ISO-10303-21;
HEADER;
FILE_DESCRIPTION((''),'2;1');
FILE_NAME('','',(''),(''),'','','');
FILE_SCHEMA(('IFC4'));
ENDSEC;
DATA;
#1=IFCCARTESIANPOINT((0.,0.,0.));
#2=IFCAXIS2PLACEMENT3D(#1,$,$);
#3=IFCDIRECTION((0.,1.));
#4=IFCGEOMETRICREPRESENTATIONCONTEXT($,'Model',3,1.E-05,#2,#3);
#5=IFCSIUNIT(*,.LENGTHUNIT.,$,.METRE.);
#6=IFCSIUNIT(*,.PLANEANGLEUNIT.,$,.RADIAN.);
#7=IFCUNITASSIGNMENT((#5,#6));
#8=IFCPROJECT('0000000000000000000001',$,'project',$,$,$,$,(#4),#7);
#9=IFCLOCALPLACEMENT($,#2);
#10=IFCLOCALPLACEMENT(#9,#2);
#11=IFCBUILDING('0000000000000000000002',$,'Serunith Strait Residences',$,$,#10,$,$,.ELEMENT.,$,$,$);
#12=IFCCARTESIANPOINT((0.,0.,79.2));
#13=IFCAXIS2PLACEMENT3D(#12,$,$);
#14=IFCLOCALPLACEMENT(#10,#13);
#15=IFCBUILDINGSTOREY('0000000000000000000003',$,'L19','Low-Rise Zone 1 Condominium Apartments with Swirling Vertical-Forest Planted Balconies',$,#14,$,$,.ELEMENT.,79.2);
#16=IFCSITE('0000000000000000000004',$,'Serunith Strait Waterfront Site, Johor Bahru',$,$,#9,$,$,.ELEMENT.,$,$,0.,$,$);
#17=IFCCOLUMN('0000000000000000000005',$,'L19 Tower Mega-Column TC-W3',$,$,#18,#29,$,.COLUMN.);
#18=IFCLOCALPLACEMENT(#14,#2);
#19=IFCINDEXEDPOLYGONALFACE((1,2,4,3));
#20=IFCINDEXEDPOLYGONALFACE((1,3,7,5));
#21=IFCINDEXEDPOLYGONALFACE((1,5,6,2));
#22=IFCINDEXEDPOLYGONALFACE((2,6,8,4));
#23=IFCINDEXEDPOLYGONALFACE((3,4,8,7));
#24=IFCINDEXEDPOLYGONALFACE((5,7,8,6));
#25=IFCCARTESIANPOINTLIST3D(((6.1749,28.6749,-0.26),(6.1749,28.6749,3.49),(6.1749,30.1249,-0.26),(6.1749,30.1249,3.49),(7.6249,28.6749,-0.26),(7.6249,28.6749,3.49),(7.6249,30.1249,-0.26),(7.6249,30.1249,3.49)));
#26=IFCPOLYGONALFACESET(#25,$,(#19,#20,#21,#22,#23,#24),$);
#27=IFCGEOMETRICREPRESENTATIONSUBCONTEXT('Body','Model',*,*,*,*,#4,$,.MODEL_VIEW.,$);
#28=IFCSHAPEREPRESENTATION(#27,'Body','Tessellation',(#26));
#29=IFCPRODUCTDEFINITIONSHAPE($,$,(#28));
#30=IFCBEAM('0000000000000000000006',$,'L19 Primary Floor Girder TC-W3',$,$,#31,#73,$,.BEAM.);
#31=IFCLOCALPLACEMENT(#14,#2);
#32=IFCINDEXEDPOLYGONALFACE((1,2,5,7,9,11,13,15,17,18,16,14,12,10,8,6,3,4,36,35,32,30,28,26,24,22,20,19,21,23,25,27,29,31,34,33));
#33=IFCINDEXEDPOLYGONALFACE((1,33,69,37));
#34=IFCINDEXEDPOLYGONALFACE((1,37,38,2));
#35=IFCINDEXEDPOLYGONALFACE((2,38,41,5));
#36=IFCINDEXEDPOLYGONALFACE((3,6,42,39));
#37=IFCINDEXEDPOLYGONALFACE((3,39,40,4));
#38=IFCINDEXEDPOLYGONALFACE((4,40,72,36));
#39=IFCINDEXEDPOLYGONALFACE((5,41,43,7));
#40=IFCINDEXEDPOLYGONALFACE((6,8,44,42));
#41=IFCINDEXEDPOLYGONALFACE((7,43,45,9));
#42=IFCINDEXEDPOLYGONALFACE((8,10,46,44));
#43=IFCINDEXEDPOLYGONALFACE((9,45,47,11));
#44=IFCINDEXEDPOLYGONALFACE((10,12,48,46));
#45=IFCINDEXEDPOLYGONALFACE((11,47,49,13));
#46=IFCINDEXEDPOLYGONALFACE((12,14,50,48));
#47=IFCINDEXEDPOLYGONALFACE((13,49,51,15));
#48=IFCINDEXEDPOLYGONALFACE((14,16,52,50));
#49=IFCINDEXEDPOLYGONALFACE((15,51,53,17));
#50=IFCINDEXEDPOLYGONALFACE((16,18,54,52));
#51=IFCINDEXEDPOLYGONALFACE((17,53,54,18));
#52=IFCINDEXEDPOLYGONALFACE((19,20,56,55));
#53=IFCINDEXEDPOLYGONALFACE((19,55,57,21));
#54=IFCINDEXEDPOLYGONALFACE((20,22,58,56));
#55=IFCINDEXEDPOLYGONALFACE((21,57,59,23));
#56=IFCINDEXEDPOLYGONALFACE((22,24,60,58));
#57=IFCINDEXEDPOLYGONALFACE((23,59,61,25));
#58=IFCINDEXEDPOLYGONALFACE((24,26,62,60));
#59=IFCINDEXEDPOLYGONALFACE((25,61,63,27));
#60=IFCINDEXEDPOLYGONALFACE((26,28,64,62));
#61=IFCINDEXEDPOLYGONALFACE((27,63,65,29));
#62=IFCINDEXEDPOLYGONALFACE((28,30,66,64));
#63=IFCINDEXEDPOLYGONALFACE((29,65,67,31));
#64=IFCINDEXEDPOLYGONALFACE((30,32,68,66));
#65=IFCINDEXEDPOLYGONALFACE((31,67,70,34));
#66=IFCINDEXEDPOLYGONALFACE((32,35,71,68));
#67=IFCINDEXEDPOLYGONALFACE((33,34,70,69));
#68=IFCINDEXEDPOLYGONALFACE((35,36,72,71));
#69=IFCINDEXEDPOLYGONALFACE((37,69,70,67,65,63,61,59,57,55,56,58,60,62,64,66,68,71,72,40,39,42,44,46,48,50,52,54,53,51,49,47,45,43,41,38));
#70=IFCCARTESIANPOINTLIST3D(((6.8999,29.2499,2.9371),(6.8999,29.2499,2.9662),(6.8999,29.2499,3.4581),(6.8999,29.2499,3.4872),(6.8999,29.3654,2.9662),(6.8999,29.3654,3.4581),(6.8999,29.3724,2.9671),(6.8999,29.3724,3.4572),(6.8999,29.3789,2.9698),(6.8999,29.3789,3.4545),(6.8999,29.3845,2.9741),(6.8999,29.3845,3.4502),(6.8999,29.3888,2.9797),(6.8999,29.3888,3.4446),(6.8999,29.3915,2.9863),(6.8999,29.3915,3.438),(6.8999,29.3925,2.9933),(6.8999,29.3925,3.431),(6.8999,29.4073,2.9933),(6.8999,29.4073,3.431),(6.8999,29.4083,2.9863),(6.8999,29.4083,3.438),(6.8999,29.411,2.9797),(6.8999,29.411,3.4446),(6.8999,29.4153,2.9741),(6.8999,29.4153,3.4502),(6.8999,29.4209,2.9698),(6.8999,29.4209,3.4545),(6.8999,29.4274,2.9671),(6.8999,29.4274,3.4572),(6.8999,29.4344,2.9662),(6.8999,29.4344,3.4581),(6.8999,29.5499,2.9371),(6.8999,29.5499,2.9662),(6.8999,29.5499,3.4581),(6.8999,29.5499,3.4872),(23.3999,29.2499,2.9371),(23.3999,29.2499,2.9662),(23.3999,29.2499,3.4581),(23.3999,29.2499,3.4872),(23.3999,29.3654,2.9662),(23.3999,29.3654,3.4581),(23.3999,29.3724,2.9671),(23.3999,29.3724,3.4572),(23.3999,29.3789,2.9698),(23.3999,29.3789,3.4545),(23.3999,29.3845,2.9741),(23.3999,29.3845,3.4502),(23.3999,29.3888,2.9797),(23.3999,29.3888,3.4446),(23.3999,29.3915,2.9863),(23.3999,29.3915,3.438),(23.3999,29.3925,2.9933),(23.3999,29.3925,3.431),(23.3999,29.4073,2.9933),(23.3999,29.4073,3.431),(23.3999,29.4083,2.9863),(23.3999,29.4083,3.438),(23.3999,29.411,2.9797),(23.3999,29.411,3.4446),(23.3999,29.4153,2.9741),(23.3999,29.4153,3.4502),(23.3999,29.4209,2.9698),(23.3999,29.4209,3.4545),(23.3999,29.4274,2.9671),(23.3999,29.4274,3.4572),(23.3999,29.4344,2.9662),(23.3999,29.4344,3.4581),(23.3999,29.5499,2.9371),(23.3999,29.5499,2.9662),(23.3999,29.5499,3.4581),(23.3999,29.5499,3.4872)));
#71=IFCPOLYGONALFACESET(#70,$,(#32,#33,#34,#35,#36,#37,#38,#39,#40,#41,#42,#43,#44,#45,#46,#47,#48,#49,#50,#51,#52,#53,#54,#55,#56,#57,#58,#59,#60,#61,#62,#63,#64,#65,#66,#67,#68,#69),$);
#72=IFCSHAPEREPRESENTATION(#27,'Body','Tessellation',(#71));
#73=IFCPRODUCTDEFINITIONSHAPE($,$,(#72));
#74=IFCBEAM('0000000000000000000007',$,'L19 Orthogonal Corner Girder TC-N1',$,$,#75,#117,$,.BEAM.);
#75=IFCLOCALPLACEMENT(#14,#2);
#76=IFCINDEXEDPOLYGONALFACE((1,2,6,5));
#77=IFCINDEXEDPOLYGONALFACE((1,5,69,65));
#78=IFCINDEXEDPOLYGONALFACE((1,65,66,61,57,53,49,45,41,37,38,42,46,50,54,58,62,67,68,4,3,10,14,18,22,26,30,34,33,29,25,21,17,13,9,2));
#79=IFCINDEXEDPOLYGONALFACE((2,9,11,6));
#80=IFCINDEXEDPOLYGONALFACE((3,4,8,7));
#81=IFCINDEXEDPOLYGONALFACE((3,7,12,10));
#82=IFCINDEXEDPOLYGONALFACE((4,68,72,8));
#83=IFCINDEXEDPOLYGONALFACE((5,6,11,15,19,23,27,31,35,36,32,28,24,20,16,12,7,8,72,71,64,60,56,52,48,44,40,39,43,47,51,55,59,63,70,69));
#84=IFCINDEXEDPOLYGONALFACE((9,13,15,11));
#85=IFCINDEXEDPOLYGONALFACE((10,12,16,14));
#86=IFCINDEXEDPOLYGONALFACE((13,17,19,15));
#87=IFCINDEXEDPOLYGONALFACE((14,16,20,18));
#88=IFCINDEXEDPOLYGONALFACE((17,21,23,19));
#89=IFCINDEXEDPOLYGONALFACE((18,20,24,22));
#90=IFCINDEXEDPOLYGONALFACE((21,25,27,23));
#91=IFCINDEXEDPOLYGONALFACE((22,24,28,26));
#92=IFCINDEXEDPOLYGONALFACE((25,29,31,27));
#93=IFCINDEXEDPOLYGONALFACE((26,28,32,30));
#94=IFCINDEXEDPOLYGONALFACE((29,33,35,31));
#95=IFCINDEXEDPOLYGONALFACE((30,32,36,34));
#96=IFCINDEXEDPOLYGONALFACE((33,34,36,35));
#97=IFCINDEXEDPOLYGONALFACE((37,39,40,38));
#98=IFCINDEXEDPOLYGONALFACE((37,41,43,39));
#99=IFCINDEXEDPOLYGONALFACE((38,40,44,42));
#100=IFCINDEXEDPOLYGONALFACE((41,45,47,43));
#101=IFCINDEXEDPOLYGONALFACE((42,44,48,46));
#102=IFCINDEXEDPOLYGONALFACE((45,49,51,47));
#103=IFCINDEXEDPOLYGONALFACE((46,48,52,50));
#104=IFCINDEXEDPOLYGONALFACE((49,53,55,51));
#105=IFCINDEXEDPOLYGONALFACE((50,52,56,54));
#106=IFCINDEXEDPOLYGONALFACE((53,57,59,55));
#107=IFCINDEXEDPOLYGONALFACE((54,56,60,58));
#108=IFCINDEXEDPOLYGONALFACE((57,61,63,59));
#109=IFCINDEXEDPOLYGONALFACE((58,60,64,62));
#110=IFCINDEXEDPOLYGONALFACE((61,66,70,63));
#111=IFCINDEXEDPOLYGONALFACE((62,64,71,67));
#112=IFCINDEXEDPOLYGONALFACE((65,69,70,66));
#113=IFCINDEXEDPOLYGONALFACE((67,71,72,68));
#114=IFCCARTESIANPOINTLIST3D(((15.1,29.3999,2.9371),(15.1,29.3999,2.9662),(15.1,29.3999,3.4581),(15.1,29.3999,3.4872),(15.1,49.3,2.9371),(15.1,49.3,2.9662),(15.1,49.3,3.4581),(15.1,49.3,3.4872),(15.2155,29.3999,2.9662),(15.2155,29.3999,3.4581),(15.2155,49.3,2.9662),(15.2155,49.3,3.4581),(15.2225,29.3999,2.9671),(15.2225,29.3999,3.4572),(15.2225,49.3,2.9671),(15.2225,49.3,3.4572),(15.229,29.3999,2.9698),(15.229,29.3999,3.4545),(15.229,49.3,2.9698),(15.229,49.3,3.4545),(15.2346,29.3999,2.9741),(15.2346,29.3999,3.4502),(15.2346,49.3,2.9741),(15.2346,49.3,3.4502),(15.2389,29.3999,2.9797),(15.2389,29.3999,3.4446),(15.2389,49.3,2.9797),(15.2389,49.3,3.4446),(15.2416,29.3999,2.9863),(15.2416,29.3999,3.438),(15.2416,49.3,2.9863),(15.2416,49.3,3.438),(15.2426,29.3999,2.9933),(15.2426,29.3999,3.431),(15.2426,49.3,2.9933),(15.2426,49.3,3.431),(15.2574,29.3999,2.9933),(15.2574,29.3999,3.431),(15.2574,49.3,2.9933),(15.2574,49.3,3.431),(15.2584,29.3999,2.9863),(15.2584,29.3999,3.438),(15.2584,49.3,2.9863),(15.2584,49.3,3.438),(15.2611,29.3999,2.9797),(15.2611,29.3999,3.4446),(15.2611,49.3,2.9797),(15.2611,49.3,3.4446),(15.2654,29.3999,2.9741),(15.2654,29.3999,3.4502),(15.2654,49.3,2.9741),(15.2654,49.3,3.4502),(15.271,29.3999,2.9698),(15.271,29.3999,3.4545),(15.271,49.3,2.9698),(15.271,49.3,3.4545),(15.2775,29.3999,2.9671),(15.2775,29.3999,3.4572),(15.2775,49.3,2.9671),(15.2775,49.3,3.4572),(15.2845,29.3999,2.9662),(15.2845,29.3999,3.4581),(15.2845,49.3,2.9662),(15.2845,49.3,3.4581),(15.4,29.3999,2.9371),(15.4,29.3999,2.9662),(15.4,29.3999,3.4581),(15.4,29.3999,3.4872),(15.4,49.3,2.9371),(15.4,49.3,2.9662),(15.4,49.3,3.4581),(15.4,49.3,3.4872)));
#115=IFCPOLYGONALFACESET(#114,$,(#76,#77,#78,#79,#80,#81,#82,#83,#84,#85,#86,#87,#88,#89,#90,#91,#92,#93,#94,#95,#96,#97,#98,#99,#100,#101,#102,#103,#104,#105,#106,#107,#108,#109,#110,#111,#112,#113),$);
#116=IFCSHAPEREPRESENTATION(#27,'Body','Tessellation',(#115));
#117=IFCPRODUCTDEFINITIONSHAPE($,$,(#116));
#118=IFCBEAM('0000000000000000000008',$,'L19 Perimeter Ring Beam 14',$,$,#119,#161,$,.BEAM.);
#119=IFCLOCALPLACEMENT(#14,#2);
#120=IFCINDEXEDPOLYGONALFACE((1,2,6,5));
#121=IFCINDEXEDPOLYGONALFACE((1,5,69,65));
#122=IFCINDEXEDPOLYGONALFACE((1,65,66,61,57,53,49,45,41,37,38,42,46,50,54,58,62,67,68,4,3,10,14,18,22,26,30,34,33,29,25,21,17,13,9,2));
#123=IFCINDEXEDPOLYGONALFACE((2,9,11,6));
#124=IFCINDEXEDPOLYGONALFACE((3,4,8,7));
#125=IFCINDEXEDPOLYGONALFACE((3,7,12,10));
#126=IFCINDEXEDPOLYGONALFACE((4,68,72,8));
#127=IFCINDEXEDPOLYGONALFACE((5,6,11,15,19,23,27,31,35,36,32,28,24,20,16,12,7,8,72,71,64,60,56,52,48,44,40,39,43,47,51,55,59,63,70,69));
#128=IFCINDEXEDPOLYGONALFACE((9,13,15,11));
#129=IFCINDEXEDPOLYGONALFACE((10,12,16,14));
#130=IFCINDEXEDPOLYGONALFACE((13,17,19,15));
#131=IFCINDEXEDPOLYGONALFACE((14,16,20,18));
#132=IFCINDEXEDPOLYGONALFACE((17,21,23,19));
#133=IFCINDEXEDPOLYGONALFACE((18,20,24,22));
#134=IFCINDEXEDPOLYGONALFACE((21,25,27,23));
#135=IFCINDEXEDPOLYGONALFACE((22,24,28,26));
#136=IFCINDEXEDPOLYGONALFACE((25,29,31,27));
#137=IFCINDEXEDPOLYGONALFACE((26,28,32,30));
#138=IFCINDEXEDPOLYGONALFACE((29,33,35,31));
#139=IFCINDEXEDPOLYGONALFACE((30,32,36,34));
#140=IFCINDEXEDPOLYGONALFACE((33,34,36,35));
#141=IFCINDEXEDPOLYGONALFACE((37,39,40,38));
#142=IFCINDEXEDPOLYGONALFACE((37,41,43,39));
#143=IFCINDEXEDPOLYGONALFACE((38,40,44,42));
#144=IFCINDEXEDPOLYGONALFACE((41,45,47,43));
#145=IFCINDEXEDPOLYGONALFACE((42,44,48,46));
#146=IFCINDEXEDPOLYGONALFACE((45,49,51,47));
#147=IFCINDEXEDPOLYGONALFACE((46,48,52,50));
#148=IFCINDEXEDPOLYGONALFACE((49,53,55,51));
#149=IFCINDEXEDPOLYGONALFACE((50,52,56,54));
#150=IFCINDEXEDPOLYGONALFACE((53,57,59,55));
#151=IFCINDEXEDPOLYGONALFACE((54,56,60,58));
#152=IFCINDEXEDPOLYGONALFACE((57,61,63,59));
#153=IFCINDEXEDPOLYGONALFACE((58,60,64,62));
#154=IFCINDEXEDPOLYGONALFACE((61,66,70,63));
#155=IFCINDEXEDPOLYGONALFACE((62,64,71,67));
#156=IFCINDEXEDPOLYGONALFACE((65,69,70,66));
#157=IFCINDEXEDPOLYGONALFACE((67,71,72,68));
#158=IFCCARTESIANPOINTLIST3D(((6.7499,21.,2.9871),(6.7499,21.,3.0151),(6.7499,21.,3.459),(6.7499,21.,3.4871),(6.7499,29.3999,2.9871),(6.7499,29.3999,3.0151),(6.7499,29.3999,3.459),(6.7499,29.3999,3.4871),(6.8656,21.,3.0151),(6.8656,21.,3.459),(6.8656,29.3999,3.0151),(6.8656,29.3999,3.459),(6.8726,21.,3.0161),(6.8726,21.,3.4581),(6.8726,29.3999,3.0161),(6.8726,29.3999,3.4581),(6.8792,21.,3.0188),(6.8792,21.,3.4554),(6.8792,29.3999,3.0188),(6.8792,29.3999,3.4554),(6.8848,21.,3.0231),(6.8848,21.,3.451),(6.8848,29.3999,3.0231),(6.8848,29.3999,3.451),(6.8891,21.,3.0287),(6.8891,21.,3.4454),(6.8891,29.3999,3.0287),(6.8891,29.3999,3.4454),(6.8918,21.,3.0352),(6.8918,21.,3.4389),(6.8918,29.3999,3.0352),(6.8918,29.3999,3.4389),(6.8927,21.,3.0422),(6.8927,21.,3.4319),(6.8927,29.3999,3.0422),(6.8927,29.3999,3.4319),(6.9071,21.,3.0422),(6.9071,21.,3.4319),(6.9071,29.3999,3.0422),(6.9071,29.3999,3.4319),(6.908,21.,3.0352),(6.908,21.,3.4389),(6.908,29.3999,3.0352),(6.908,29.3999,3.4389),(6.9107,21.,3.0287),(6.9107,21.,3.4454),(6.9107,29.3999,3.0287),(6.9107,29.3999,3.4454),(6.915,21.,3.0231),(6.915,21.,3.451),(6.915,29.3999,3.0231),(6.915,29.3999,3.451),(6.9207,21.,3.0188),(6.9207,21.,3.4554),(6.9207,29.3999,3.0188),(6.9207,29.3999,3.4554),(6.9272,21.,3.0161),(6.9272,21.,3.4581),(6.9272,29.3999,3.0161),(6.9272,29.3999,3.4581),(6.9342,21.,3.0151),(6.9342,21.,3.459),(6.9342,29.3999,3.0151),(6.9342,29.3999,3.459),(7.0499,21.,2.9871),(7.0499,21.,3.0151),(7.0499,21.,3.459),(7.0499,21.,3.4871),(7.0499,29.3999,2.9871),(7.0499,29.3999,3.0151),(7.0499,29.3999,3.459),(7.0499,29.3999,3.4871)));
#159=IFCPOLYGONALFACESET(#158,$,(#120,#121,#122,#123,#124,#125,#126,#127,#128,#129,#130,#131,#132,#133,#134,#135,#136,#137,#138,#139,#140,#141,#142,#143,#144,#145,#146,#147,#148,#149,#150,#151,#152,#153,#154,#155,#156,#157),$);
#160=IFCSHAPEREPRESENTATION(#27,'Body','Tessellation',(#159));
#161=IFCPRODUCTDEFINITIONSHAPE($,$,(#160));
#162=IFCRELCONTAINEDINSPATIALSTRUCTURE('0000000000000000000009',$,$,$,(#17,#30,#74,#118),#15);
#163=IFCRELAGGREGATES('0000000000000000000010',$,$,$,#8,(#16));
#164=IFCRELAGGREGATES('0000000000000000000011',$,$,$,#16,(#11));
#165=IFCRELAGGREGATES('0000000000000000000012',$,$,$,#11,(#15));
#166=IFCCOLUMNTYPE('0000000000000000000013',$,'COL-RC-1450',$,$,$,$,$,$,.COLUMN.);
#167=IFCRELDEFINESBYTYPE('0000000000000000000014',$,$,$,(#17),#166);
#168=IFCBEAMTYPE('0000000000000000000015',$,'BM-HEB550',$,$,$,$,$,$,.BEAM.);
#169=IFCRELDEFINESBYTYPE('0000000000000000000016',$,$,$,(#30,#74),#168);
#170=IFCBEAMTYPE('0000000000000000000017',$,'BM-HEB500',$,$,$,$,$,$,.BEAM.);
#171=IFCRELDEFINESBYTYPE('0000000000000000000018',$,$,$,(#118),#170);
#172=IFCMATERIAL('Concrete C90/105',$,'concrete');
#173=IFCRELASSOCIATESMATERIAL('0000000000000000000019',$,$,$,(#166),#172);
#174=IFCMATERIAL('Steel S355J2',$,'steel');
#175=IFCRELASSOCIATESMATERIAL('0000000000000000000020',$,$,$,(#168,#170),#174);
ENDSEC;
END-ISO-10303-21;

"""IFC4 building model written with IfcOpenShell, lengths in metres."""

from ifc_helpers import new_model, si_unit, direction, frame, origin, origin_2d, place, context, subcontext, project, spatial, rectangle, i_section, extrude, source, transform, mapped, material, material_profile, profile_set, type_object, element, save


model = new_model("IFC4")

# Units and contexts
model_context = context("Model", 3, precision=1e-05, world=origin(), true_north=direction((0.0, 1.0)))
body_context = subcontext(model_context, "Body", "Model", "MODEL_VIEW")
ifc_project = project(units=[si_unit("LENGTHUNIT", "METRE"), si_unit("PLANEANGLEUNIT", "RADIAN")], contexts=[model_context])

# Site, building, storey
site_placement = place(None, origin())
site = spatial("IfcSite", under=ifc_project, at=site_placement, Name="Serunith Strait Waterfront Site, Johor Bahru", CompositionType="ELEMENT", RefElevation=0.0)
building_placement = place(site_placement, origin())
building = spatial("IfcBuilding", under=site, at=building_placement, Name="Serunith Strait Residences", CompositionType="ELEMENT")
storey_placement = place(building_placement, frame((0.0, 0.0, 79.2)))
storey = spatial("IfcBuildingStorey", under=building, at=storey_placement, Name="L19", Description="Low-Rise Zone 1 Condominium Apartments with Swirling Vertical-Forest Planted Balconies", CompositionType="ELEMENT", Elevation=79.2)

# Column
ifc_material_1 = material(Name="Concrete C90/105", Category="concrete")
ifc_material_profile_1 = material_profile(ifc_material_1, rectangle(XDim=1.45, YDim=1.45, at=origin_2d()), Name="RC 1450x1450")
ifc_profile_set_1 = profile_set([ifc_material_profile_1], Name="Concrete C90/105")
column_type = type_object("IfcColumnType", Name="COL-RC-1450", PredefinedType="COLUMN", material=ifc_profile_set_1)
shared_shape_1 = source(origin(), body_context, "Body", "SweptSolid", [
    extrude(rectangle(XDim=1.45, YDim=1.45, at=origin_2d()), origin(), (0.0, 0.0, 1.0), 3.75),
])
column_placement = place(storey_placement, frame((6.8999, 29.3999, -0.26), z_axis=(0.0, 0.0, 1.0), x_axis=(1.0, 0.0, 0.0)))
element("IfcColumn", 1, at=column_placement, inside=storey, type_object=column_type, Name="L19 Tower Mega-Column TC-W3", PredefinedType="COLUMN", context=body_context, shape_type="MappedRepresentation", body=[
    mapped(shared_shape_1, transform((0.0, 0.0, 0.0), scale=1.0)),
])

# Beams
ifc_material_2 = material(Name="Steel S355J2", Category="steel")
ifc_material_profile_2 = material_profile(ifc_material_2, i_section(OverallWidth=0.3, OverallDepth=0.55, WebThickness=0.0149, FlangeThickness=0.0291, FilletRadius=0.0271, at=origin_2d()), Name="HEB 550")
ifc_profile_set_2 = profile_set([ifc_material_profile_2], Name="Steel S355J2")
beam_type_1 = type_object("IfcBeamType", Name="BM-HEB550", PredefinedType="BEAM", material=ifc_profile_set_2)
shared_shape_2 = source(origin(), body_context, "Body", "SweptSolid", [
    extrude(i_section(OverallWidth=0.3, OverallDepth=0.55, WebThickness=0.0149, FlangeThickness=0.0291, FilletRadius=0.0271, at=origin_2d()), origin(), (0.0, 0.0, 1.0), 16.5),
])
beam_1_placement = place(storey_placement, frame((23.3999, 29.3999, 3.2122), z_axis=(-1.0, 0.0, 0.0), x_axis=(0.0, -1.0, 0.0)))
element("IfcBeam", 2, at=beam_1_placement, inside=storey, type_object=beam_type_1, Name="L19 Primary Floor Girder TC-W3", PredefinedType="BEAM", context=body_context, shape_type="MappedRepresentation", body=[
    mapped(shared_shape_2, transform((0.0, 0.0, 0.0), scale=1.0)),
])
shared_shape_3 = source(origin(), body_context, "Body", "SweptSolid", [
    extrude(i_section(OverallWidth=0.3, OverallDepth=0.55, WebThickness=0.0149, FlangeThickness=0.0291, FilletRadius=0.0271, at=origin_2d()), origin(), (0.0, 0.0, 1.0), 19.9001),
])
beam_2_placement = place(storey_placement, frame((15.25, 29.3999, 3.2122), z_axis=(0.0, 1.0, 0.0), x_axis=(-1.0, 0.0, 0.0)))
element("IfcBeam", 3, at=beam_2_placement, inside=storey, type_object=beam_type_1, Name="L19 Orthogonal Corner Girder TC-N1", PredefinedType="BEAM", context=body_context, shape_type="MappedRepresentation", body=[
    mapped(shared_shape_3, transform((0.0, 0.0, 0.0), scale=1.0)),
])
ifc_material_profile_3 = material_profile(ifc_material_2, i_section(OverallWidth=0.3, OverallDepth=0.5, WebThickness=0.0144, FlangeThickness=0.0281, FilletRadius=0.0271, at=origin_2d()), Name="HEB 500")
ifc_profile_set_3 = profile_set([ifc_material_profile_3], Name="Steel S355J2")
beam_type_2 = type_object("IfcBeamType", Name="BM-HEB500", PredefinedType="BEAM", material=ifc_profile_set_3)
shared_shape_4 = source(origin(), body_context, "Body", "SweptSolid", [
    extrude(i_section(OverallWidth=0.3, OverallDepth=0.5, WebThickness=0.0144, FlangeThickness=0.0281, FilletRadius=0.0271, at=origin_2d()), origin(), (0.0, 0.0, 1.0), 8.3999),
])
beam_3_placement = place(storey_placement, frame((6.8999, 29.3999, 3.2371), z_axis=(0.0, -1.0, 0.0), x_axis=(1.0, 0.0, 0.0)))
element("IfcBeam", 4, at=beam_3_placement, inside=storey, type_object=beam_type_2, Name="L19 Perimeter Ring Beam 14", PredefinedType="BEAM", context=body_context, shape_type="MappedRepresentation", body=[
    mapped(shared_shape_4, transform((0.0, 0.0, 0.0), scale=1.0)),
])

save(model, "model.ifc")
